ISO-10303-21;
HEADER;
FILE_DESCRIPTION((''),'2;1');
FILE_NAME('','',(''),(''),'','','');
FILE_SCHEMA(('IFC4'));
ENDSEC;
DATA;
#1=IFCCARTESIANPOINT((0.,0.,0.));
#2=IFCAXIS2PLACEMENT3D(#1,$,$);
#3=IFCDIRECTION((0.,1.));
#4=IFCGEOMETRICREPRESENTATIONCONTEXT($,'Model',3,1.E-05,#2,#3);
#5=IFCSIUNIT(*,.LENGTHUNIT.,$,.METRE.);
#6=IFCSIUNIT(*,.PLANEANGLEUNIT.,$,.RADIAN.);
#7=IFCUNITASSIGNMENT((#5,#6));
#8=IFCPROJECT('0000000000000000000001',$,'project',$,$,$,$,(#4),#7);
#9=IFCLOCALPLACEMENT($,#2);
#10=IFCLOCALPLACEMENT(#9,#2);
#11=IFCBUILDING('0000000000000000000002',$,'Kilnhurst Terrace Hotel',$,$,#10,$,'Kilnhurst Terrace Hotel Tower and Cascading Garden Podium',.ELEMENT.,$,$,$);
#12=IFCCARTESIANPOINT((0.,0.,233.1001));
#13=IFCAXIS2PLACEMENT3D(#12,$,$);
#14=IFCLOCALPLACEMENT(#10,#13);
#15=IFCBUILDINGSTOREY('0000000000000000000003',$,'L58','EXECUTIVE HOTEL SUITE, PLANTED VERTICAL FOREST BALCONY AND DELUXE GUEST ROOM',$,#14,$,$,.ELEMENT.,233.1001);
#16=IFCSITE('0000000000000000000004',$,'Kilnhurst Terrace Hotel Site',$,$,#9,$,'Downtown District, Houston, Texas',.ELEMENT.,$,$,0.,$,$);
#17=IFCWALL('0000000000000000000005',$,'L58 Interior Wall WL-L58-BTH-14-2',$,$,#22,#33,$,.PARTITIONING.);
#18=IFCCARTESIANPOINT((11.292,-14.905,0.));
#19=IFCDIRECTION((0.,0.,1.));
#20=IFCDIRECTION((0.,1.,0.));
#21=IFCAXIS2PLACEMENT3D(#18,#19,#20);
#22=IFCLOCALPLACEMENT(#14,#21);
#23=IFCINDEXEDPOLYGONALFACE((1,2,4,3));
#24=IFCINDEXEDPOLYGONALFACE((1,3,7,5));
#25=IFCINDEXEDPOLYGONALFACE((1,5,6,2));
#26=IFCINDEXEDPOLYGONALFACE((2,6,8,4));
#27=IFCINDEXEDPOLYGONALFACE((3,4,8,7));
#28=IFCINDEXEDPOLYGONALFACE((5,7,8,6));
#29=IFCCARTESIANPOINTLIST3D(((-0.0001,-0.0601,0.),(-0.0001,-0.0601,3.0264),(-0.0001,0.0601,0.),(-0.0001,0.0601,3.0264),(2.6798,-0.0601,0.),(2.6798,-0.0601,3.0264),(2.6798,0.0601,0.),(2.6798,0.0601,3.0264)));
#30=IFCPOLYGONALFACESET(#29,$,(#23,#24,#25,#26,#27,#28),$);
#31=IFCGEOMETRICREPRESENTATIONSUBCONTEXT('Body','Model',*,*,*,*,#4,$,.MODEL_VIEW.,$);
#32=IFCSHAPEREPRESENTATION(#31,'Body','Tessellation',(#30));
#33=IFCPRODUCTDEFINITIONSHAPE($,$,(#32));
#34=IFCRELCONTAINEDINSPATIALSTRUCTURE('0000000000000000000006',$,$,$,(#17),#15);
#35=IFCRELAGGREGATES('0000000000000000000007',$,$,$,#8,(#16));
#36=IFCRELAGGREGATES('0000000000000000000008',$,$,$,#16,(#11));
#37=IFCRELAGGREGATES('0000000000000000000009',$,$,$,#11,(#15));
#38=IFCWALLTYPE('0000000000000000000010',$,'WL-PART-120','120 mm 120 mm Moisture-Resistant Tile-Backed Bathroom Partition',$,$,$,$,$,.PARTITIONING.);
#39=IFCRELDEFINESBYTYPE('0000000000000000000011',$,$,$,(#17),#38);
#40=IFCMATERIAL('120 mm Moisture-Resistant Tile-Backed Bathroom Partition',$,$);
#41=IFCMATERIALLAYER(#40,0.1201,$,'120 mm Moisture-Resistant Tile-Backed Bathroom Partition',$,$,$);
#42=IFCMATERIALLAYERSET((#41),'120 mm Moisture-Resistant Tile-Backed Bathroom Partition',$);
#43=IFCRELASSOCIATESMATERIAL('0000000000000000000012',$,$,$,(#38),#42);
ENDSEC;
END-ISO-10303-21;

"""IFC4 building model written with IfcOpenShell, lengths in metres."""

from ifc_helpers import new_model, si_unit, direction, frame, frame_2d, origin, place, context, subcontext, project, spatial, rectangle, extrude, material, layer, layer_set, type_object, element, save


model = new_model("IFC4")

# Units and contexts
model_context = context("Model", 3, precision=1e-05, world=origin(), true_north=direction((0.0, 1.0)))
body_context = subcontext(model_context, "Body", "Model", "MODEL_VIEW")
ifc_project = project(units=[si_unit("LENGTHUNIT", "METRE"), si_unit("PLANEANGLEUNIT", "RADIAN")], contexts=[model_context])

# Site, building, storey
site_placement = place(None, origin())
site = spatial("IfcSite", under=ifc_project, at=site_placement, Name="Kilnhurst Terrace Hotel Site", LongName="Downtown District, Houston, Texas", CompositionType="ELEMENT", RefElevation=0.0)
building_placement = place(site_placement, origin())
building = spatial("IfcBuilding", under=site, at=building_placement, Name="Kilnhurst Terrace Hotel", LongName="Kilnhurst Terrace Hotel Tower and Cascading Garden Podium", CompositionType="ELEMENT")
storey_placement = place(building_placement, frame((0.0, 0.0, 233.1001)))
storey = spatial("IfcBuildingStorey", under=building, at=storey_placement, Name="L58", Description="EXECUTIVE HOTEL SUITE, PLANTED VERTICAL FOREST BALCONY AND DELUXE GUEST ROOM", CompositionType="ELEMENT", Elevation=233.1001)

# Wall
ifc_material_1 = material(Name="120 mm Moisture-Resistant Tile-Backed Bathroom Partition")
ifc_layer_1 = layer(ifc_material_1, 0.1201, Name="120 mm Moisture-Resistant Tile-Backed Bathroom Partition")
ifc_layer_set_1 = layer_set([ifc_layer_1], Name="120 mm Moisture-Resistant Tile-Backed Bathroom Partition")
wall_type_1 = type_object("IfcWallType", Name="WL-PART-120", Description="120 mm 120 mm Moisture-Resistant Tile-Backed Bathroom Partition", PredefinedType="PARTITIONING", material=ifc_layer_set_1)
wall_1_placement = place(storey_placement, frame((11.292, -14.905, 0.0), z_axis=(0.0, 0.0, 1.0), x_axis=(0.0, 1.0, 0.0)))
element("IfcWall", 1, at=wall_1_placement, inside=storey, type_object=wall_type_1, Name="L58 Interior Wall WL-L58-BTH-14-2", PredefinedType="PARTITIONING", context=body_context, shape_type="SweptSolid", body=[
    extrude(rectangle(XDim=2.6799, YDim=0.1201, at=frame_2d((1.3398, 0.0))), origin(), (0.0, 0.0, 1.0), 3.0264),
])

save(model, "model.ifc")
